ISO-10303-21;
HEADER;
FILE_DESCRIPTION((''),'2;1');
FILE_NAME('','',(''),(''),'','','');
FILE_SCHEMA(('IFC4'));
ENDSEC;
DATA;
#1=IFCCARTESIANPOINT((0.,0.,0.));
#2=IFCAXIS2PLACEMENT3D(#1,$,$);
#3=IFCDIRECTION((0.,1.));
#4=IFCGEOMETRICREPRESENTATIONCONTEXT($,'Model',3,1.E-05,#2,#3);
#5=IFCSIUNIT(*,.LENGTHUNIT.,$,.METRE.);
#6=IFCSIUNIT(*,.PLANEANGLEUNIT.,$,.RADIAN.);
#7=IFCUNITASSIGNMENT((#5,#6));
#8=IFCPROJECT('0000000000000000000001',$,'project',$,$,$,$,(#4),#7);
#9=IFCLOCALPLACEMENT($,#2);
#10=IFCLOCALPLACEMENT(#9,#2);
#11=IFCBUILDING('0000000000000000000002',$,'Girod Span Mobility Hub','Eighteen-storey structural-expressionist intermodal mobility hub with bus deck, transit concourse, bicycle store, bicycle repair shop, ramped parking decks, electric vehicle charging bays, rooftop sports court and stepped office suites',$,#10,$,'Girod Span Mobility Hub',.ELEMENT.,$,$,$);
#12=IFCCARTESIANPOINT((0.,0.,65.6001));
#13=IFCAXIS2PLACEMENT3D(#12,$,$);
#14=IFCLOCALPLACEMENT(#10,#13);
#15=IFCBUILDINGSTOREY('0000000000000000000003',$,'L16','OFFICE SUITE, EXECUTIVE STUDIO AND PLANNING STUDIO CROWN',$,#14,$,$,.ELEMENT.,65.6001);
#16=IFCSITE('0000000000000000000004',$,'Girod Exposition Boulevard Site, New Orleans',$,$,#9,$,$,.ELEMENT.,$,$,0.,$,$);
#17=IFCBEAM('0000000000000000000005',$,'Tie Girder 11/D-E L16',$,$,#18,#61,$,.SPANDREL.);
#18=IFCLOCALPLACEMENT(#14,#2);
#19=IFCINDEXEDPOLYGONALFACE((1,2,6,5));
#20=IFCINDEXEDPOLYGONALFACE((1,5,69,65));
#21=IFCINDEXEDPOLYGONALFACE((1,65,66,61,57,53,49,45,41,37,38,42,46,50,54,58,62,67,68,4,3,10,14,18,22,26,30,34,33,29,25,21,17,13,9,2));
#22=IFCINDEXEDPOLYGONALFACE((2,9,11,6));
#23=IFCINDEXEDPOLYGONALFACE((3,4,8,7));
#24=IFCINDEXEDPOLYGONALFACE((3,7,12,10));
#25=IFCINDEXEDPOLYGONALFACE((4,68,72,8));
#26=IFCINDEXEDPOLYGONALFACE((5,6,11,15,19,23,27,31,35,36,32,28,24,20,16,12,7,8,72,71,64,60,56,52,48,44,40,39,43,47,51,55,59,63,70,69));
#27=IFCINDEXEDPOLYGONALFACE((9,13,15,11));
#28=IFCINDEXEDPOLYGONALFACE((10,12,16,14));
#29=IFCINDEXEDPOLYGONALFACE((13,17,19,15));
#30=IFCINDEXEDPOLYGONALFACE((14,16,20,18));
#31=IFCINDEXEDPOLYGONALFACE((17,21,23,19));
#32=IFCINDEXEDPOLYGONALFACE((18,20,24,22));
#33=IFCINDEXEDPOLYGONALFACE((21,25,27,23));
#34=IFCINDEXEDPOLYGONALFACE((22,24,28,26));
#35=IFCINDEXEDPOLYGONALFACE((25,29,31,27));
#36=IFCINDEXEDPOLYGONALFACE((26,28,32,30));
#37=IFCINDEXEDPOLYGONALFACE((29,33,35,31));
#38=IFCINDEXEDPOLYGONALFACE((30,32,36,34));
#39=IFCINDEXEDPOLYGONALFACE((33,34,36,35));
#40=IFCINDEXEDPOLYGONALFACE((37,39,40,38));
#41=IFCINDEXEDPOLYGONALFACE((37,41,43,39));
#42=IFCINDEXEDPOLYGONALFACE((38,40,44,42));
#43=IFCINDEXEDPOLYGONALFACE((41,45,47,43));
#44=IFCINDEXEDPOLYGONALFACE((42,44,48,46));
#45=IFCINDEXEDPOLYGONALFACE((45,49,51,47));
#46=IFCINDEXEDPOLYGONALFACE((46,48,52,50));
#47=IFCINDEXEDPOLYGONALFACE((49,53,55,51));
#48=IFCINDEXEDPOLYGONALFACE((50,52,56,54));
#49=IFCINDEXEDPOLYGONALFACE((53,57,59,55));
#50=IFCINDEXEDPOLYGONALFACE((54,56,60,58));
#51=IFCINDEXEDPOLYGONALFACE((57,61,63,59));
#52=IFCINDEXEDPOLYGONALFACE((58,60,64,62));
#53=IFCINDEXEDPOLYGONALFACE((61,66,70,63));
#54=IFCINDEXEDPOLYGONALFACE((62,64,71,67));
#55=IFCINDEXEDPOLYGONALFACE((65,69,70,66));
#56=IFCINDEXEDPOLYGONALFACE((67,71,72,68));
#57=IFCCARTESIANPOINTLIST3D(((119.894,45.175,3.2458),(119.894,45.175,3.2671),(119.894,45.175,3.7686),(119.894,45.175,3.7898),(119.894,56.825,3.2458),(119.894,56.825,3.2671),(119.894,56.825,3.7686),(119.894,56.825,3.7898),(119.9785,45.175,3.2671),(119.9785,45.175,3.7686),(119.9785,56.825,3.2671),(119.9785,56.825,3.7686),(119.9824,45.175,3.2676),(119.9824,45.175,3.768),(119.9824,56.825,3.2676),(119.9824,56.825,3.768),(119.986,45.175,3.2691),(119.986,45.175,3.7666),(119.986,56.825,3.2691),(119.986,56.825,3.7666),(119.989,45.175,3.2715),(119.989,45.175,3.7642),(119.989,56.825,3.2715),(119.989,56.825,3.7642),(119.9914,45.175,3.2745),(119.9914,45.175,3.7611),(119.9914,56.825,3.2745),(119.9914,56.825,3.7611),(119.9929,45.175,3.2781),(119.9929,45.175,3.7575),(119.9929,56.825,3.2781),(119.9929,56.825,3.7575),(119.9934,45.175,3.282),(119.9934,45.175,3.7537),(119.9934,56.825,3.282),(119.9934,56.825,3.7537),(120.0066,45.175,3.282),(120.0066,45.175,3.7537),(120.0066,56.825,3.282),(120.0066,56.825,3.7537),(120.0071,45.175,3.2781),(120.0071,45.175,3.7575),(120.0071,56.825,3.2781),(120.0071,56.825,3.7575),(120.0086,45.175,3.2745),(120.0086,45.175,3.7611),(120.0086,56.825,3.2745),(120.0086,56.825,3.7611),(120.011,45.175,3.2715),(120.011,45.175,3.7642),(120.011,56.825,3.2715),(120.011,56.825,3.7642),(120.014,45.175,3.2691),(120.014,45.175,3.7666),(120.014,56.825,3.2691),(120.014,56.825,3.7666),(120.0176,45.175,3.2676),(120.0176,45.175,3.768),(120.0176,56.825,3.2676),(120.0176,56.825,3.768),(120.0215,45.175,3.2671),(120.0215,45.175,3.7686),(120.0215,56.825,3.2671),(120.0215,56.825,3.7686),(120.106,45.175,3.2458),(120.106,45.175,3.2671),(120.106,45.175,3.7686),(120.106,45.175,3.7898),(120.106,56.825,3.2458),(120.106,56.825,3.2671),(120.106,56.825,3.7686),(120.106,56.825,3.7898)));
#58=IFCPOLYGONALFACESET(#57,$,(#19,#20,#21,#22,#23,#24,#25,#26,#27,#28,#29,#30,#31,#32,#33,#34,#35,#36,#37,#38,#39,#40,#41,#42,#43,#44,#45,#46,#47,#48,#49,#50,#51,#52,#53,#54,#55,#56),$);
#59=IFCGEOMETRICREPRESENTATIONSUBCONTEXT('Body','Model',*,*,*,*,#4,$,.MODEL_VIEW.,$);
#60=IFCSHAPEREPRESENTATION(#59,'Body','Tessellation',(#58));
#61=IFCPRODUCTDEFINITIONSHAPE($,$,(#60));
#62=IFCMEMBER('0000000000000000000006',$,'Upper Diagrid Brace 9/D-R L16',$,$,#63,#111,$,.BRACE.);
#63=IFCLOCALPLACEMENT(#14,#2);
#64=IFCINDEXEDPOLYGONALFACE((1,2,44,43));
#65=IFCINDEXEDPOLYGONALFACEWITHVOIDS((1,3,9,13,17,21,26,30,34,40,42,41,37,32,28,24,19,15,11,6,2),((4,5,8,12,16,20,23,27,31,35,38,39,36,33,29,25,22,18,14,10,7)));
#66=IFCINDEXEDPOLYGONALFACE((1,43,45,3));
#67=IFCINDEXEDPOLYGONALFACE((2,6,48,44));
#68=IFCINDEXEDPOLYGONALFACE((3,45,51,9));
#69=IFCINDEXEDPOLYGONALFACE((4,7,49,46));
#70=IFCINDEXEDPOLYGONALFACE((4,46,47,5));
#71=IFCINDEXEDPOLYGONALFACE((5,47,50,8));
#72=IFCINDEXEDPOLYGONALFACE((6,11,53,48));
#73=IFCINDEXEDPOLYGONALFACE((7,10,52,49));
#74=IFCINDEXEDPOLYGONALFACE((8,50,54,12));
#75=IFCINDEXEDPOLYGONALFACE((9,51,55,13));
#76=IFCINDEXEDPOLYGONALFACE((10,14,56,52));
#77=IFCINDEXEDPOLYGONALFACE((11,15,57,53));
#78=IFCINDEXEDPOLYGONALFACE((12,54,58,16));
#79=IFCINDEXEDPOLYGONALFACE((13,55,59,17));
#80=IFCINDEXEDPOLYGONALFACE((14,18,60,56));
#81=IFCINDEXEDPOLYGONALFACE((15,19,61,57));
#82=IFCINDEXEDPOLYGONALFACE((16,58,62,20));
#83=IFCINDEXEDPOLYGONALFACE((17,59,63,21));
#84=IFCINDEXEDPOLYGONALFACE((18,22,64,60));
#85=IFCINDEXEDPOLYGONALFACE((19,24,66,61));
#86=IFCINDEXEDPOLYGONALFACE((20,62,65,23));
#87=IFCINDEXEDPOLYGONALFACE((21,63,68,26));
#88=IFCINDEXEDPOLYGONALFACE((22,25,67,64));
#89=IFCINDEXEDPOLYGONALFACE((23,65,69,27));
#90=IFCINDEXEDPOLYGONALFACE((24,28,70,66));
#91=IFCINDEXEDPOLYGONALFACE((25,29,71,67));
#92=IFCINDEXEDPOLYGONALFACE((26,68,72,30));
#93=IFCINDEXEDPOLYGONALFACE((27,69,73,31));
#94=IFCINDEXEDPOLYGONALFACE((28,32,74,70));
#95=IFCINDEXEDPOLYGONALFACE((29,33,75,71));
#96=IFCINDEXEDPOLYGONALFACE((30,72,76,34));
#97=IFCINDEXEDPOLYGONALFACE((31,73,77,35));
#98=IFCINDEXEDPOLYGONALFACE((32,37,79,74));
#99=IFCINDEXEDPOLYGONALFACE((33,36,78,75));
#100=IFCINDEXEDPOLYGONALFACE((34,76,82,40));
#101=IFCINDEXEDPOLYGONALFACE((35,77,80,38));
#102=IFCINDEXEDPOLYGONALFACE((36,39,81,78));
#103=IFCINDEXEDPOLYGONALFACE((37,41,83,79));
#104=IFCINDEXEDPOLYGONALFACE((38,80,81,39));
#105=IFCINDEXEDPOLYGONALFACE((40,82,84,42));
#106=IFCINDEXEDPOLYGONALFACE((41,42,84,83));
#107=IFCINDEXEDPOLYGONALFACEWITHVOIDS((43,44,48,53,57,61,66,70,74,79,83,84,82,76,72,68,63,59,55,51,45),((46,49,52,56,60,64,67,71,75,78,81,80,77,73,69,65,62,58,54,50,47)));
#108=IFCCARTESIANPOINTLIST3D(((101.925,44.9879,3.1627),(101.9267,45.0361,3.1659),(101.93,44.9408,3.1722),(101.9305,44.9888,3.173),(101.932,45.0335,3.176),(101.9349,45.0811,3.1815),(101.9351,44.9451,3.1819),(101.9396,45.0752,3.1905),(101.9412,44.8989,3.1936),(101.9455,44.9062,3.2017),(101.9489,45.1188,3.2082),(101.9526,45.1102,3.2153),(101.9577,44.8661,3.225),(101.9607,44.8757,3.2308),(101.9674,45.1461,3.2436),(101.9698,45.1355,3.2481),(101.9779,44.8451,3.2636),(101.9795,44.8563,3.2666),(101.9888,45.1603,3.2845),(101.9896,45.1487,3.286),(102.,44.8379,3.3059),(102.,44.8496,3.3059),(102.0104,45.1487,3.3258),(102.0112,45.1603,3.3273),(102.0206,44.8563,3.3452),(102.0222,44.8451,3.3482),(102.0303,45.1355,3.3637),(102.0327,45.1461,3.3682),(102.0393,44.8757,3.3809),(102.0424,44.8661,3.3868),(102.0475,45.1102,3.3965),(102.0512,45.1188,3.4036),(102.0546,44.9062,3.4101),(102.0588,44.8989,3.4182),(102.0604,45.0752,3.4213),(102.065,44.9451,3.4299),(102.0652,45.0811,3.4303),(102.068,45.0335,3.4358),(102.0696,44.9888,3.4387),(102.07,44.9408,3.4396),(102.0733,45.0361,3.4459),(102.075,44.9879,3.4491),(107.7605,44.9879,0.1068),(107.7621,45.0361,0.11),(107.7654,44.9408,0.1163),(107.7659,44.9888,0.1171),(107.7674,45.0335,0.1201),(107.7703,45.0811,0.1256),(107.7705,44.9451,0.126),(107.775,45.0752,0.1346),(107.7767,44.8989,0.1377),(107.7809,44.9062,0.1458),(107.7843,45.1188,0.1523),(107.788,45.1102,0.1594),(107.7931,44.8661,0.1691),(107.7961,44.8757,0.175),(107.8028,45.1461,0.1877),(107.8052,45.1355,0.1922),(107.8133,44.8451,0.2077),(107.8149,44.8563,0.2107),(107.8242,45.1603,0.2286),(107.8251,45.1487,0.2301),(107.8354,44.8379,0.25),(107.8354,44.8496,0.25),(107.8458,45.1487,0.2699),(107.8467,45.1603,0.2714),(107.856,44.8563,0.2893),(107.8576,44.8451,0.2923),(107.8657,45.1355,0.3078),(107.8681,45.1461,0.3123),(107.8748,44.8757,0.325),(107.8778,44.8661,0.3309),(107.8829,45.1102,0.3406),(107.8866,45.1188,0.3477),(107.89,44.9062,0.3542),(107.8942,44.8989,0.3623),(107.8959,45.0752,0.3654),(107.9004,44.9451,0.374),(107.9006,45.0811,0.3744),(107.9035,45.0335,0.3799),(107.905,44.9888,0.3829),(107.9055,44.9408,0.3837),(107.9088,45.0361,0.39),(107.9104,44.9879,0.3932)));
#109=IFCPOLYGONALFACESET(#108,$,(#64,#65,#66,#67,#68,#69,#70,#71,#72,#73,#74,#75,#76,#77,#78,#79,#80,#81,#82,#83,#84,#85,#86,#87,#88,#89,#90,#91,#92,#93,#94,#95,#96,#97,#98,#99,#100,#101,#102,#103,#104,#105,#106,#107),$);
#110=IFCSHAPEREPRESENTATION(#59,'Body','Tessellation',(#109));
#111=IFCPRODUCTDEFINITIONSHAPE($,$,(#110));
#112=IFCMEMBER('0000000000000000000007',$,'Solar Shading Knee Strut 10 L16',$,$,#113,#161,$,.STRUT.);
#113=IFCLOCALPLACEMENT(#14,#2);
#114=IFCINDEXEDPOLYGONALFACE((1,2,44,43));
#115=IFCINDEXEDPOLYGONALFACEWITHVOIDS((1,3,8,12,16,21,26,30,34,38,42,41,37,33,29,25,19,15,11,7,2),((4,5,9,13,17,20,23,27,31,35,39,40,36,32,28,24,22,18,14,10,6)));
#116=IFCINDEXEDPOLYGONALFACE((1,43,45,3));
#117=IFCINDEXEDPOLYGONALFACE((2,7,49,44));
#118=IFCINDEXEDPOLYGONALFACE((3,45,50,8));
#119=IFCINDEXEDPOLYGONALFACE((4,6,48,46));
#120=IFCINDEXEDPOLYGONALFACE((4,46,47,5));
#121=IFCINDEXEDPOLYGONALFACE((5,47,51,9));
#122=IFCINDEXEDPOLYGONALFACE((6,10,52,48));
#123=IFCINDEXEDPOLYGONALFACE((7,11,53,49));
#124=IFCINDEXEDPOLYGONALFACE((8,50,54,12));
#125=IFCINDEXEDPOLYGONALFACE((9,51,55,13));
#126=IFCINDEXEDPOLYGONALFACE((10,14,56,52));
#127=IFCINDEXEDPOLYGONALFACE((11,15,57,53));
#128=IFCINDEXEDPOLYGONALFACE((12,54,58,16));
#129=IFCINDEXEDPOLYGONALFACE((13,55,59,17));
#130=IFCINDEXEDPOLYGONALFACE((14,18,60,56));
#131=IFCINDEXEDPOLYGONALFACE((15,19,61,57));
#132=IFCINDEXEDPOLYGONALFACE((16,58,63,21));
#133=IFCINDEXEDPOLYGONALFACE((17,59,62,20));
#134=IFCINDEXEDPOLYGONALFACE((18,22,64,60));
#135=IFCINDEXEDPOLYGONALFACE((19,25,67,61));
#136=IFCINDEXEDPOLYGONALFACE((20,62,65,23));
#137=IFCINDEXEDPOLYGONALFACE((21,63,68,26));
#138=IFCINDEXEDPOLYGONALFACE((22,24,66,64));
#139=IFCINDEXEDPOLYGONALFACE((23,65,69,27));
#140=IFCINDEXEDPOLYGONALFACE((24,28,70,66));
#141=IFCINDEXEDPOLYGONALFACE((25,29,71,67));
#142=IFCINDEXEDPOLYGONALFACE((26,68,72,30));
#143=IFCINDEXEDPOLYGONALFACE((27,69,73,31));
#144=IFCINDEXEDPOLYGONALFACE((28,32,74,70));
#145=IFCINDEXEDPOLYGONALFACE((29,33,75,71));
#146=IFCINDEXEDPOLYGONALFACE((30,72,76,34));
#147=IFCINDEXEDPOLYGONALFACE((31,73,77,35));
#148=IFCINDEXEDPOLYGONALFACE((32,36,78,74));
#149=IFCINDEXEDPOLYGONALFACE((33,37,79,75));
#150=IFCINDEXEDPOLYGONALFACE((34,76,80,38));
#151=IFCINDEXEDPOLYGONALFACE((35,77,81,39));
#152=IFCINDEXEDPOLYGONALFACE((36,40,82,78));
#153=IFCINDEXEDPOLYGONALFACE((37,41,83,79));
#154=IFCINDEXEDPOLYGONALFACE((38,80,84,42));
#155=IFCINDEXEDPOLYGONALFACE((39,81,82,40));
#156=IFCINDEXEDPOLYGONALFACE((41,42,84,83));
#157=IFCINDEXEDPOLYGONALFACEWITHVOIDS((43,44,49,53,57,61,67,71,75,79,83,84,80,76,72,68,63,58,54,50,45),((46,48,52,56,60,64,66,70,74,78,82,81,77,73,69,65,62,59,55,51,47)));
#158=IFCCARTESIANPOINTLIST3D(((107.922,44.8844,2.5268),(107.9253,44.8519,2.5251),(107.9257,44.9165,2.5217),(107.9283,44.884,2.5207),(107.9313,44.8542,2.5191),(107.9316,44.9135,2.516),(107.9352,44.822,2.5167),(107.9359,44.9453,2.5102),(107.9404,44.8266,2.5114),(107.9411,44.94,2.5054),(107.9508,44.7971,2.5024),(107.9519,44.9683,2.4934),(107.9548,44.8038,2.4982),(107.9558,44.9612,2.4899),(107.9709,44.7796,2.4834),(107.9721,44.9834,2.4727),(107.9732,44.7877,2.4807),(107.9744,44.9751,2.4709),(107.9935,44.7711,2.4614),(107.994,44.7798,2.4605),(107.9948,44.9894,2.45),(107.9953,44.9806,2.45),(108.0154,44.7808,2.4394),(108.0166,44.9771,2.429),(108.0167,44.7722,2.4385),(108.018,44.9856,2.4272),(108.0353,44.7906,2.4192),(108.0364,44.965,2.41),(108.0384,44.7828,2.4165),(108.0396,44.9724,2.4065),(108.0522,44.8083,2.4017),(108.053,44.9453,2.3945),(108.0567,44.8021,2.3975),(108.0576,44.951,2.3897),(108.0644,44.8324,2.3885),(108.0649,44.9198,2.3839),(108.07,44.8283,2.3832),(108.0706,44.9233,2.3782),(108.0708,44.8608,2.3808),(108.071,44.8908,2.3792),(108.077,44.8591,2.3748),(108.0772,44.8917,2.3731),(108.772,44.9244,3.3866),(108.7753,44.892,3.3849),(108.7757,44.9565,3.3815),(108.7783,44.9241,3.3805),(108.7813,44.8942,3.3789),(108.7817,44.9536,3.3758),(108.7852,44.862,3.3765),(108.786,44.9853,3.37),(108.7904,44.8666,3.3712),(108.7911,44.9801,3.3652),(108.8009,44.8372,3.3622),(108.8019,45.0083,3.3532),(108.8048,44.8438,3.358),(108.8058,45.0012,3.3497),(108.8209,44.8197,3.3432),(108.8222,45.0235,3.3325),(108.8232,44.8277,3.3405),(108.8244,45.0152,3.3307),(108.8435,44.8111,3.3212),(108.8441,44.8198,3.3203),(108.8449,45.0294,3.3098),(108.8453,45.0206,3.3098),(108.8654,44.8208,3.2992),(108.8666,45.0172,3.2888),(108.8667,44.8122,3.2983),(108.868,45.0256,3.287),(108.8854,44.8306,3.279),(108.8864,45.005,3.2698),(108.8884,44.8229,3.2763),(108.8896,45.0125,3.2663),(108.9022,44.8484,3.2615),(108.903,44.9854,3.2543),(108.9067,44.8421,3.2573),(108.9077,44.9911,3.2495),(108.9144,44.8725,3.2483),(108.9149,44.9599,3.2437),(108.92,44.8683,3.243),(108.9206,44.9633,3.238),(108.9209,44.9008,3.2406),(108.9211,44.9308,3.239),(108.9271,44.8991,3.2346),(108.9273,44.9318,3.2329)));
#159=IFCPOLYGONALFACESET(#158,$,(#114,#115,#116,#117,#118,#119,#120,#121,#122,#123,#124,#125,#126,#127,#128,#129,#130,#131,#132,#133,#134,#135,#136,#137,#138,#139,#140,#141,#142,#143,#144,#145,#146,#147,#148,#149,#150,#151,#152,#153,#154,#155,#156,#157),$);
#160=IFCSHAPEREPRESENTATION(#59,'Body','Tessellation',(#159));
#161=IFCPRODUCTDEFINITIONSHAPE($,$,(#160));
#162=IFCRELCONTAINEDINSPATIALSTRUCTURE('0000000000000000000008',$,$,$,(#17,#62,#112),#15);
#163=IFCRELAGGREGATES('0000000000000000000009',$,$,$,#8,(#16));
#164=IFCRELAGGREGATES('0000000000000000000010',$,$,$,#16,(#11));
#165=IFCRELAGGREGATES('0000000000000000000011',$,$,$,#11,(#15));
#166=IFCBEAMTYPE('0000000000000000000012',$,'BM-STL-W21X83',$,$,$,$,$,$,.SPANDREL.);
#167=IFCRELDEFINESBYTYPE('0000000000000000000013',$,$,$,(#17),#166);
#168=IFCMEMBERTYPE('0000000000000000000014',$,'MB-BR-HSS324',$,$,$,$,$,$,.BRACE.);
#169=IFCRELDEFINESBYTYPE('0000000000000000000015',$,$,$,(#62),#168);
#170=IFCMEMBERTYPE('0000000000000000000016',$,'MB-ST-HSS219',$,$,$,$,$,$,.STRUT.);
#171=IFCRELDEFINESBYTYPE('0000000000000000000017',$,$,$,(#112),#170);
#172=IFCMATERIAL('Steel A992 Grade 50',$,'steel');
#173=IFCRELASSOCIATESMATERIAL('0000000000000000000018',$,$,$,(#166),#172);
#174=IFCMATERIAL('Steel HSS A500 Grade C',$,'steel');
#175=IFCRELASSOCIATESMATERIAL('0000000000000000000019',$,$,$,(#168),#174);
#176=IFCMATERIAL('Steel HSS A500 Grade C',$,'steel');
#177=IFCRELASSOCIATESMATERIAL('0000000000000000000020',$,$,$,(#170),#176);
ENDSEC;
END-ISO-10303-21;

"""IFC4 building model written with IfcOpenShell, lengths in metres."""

from ifc_helpers import new_model, si_unit, direction, frame, origin, origin_2d, place, context, subcontext, project, spatial, hollow_circle, i_section, extrude, material, material_profile, profile_set, type_object, element, save


model = new_model("IFC4")

# Units and contexts
model_context = context("Model", 3, precision=1e-05, world=origin(), true_north=direction((0.0, 1.0)))
body_context = subcontext(model_context, "Body", "Model", "MODEL_VIEW")
ifc_project = project(units=[si_unit("LENGTHUNIT", "METRE"), si_unit("PLANEANGLEUNIT", "RADIAN")], contexts=[model_context])

# Site, building, storey
site_placement = place(None, origin())
site = spatial("IfcSite", under=ifc_project, at=site_placement, Name="Girod Exposition Boulevard Site, New Orleans", CompositionType="ELEMENT", RefElevation=0.0)
building_placement = place(site_placement, origin())
building = spatial("IfcBuilding", under=site, at=building_placement, Name="Girod Span Mobility Hub", Description="Eighteen-storey structural-expressionist intermodal mobility hub with bus deck, transit concourse, bicycle store, bicycle repair shop, ramped parking decks, electric vehicle charging bays, rooftop sports court and stepped office suites", LongName="Girod Span Mobility Hub", CompositionType="ELEMENT")
storey_placement = place(building_placement, frame((0.0, 0.0, 65.6001)))
storey = spatial("IfcBuildingStorey", under=building, at=storey_placement, Name="L16", Description="OFFICE SUITE, EXECUTIVE STUDIO AND PLANNING STUDIO CROWN", CompositionType="ELEMENT", Elevation=65.6001)

# Beam
ifc_material_1 = material(Name="Steel A992 Grade 50", Category="steel")
ifc_material_profile_1 = material_profile(ifc_material_1, i_section(OverallWidth=0.2119, OverallDepth=0.5439, WebThickness=0.0132, FlangeThickness=0.0212, FilletRadius=0.0149, at=origin_2d()), Name="W21X83")
ifc_profile_set_1 = profile_set([ifc_material_profile_1], Name="Steel A992 Grade 50")
beam_type_1 = type_object("IfcBeamType", Name="BM-STL-W21X83", PredefinedType="SPANDREL", material=ifc_profile_set_1)
beam_1_placement = place(storey_placement, frame((120.0, 45.175, 3.5178), z_axis=(0.0, 1.0, 0.0), x_axis=(-1.0, 0.0, 0.0)))
element("IfcBeam", 1, at=beam_1_placement, inside=storey, type_object=beam_type_1, Name="Tie Girder 11/D-E L16", PredefinedType="SPANDREL", context=body_context, shape_type="SweptSolid", body=[
    extrude(i_section(OverallWidth=0.2119, OverallDepth=0.5439, WebThickness=0.0132, FlangeThickness=0.0212, FilletRadius=0.0149, at=origin_2d()), origin(), (0.0, 0.0, 1.0), 11.6499),
])

# Members
ifc_material_2 = material(Name="Steel HSS A500 Grade C", Category="steel")
ifc_material_profile_2 = material_profile(ifc_material_2, hollow_circle(Radius=0.1621, WallThickness=0.0117, at=origin_2d()), Name="HSS324X12.7")
ifc_profile_set_2 = profile_set([ifc_material_profile_2], Name="Steel HSS A500 Grade C")
member_type_1 = type_object("IfcMemberType", Name="MB-BR-HSS324", PredefinedType="BRACE", material=ifc_profile_set_2)
member_1_placement = place(storey_placement, frame((107.8354, 45.0, 0.25), z_axis=(-0.885879, 0.0, 0.463917), x_axis=(0.0, -1.0, 0.0)))
element("IfcMember", 2, at=member_1_placement, inside=storey, type_object=member_type_1, Name="Upper Diagrid Brace 9/D-R L16", PredefinedType="BRACE", context=body_context, shape_type="SweptSolid", body=[
    extrude(hollow_circle(Radius=0.1621, WallThickness=0.0117, at=origin_2d()), origin(), (0.0, 0.0, 1.0), 6.5872),
])
ifc_material_3 = material(Name="Steel HSS A500 Grade C", Category="steel")
ifc_material_profile_3 = material_profile(ifc_material_3, hollow_circle(Radius=0.1096, WallThickness=0.0088, at=origin_2d()), Name="HSS219X9.5")
ifc_profile_set_3 = profile_set([ifc_material_profile_3], Name="Steel HSS A500 Grade C")
member_type_2 = type_object("IfcMemberType", Name="MB-ST-HSS219", PredefinedType="STRUT", material=ifc_profile_set_3)
member_2_placement = place(storey_placement, frame((108.0, 44.8799, 2.45), z_axis=(0.702672, 0.033095, 0.710744), x_axis=(-0.047047, 0.998893, 0.0)))
element("IfcMember", 3, at=member_2_placement, inside=storey, type_object=member_type_2, Name="Solar Shading Knee Strut 10 L16", PredefinedType="STRUT", context=body_context, shape_type="SweptSolid", body=[
    extrude(hollow_circle(Radius=0.1096, WallThickness=0.0088, at=origin_2d()), origin(), (0.0, 0.0, 1.0), 1.2097),
])

save(model, "model.ifc")
